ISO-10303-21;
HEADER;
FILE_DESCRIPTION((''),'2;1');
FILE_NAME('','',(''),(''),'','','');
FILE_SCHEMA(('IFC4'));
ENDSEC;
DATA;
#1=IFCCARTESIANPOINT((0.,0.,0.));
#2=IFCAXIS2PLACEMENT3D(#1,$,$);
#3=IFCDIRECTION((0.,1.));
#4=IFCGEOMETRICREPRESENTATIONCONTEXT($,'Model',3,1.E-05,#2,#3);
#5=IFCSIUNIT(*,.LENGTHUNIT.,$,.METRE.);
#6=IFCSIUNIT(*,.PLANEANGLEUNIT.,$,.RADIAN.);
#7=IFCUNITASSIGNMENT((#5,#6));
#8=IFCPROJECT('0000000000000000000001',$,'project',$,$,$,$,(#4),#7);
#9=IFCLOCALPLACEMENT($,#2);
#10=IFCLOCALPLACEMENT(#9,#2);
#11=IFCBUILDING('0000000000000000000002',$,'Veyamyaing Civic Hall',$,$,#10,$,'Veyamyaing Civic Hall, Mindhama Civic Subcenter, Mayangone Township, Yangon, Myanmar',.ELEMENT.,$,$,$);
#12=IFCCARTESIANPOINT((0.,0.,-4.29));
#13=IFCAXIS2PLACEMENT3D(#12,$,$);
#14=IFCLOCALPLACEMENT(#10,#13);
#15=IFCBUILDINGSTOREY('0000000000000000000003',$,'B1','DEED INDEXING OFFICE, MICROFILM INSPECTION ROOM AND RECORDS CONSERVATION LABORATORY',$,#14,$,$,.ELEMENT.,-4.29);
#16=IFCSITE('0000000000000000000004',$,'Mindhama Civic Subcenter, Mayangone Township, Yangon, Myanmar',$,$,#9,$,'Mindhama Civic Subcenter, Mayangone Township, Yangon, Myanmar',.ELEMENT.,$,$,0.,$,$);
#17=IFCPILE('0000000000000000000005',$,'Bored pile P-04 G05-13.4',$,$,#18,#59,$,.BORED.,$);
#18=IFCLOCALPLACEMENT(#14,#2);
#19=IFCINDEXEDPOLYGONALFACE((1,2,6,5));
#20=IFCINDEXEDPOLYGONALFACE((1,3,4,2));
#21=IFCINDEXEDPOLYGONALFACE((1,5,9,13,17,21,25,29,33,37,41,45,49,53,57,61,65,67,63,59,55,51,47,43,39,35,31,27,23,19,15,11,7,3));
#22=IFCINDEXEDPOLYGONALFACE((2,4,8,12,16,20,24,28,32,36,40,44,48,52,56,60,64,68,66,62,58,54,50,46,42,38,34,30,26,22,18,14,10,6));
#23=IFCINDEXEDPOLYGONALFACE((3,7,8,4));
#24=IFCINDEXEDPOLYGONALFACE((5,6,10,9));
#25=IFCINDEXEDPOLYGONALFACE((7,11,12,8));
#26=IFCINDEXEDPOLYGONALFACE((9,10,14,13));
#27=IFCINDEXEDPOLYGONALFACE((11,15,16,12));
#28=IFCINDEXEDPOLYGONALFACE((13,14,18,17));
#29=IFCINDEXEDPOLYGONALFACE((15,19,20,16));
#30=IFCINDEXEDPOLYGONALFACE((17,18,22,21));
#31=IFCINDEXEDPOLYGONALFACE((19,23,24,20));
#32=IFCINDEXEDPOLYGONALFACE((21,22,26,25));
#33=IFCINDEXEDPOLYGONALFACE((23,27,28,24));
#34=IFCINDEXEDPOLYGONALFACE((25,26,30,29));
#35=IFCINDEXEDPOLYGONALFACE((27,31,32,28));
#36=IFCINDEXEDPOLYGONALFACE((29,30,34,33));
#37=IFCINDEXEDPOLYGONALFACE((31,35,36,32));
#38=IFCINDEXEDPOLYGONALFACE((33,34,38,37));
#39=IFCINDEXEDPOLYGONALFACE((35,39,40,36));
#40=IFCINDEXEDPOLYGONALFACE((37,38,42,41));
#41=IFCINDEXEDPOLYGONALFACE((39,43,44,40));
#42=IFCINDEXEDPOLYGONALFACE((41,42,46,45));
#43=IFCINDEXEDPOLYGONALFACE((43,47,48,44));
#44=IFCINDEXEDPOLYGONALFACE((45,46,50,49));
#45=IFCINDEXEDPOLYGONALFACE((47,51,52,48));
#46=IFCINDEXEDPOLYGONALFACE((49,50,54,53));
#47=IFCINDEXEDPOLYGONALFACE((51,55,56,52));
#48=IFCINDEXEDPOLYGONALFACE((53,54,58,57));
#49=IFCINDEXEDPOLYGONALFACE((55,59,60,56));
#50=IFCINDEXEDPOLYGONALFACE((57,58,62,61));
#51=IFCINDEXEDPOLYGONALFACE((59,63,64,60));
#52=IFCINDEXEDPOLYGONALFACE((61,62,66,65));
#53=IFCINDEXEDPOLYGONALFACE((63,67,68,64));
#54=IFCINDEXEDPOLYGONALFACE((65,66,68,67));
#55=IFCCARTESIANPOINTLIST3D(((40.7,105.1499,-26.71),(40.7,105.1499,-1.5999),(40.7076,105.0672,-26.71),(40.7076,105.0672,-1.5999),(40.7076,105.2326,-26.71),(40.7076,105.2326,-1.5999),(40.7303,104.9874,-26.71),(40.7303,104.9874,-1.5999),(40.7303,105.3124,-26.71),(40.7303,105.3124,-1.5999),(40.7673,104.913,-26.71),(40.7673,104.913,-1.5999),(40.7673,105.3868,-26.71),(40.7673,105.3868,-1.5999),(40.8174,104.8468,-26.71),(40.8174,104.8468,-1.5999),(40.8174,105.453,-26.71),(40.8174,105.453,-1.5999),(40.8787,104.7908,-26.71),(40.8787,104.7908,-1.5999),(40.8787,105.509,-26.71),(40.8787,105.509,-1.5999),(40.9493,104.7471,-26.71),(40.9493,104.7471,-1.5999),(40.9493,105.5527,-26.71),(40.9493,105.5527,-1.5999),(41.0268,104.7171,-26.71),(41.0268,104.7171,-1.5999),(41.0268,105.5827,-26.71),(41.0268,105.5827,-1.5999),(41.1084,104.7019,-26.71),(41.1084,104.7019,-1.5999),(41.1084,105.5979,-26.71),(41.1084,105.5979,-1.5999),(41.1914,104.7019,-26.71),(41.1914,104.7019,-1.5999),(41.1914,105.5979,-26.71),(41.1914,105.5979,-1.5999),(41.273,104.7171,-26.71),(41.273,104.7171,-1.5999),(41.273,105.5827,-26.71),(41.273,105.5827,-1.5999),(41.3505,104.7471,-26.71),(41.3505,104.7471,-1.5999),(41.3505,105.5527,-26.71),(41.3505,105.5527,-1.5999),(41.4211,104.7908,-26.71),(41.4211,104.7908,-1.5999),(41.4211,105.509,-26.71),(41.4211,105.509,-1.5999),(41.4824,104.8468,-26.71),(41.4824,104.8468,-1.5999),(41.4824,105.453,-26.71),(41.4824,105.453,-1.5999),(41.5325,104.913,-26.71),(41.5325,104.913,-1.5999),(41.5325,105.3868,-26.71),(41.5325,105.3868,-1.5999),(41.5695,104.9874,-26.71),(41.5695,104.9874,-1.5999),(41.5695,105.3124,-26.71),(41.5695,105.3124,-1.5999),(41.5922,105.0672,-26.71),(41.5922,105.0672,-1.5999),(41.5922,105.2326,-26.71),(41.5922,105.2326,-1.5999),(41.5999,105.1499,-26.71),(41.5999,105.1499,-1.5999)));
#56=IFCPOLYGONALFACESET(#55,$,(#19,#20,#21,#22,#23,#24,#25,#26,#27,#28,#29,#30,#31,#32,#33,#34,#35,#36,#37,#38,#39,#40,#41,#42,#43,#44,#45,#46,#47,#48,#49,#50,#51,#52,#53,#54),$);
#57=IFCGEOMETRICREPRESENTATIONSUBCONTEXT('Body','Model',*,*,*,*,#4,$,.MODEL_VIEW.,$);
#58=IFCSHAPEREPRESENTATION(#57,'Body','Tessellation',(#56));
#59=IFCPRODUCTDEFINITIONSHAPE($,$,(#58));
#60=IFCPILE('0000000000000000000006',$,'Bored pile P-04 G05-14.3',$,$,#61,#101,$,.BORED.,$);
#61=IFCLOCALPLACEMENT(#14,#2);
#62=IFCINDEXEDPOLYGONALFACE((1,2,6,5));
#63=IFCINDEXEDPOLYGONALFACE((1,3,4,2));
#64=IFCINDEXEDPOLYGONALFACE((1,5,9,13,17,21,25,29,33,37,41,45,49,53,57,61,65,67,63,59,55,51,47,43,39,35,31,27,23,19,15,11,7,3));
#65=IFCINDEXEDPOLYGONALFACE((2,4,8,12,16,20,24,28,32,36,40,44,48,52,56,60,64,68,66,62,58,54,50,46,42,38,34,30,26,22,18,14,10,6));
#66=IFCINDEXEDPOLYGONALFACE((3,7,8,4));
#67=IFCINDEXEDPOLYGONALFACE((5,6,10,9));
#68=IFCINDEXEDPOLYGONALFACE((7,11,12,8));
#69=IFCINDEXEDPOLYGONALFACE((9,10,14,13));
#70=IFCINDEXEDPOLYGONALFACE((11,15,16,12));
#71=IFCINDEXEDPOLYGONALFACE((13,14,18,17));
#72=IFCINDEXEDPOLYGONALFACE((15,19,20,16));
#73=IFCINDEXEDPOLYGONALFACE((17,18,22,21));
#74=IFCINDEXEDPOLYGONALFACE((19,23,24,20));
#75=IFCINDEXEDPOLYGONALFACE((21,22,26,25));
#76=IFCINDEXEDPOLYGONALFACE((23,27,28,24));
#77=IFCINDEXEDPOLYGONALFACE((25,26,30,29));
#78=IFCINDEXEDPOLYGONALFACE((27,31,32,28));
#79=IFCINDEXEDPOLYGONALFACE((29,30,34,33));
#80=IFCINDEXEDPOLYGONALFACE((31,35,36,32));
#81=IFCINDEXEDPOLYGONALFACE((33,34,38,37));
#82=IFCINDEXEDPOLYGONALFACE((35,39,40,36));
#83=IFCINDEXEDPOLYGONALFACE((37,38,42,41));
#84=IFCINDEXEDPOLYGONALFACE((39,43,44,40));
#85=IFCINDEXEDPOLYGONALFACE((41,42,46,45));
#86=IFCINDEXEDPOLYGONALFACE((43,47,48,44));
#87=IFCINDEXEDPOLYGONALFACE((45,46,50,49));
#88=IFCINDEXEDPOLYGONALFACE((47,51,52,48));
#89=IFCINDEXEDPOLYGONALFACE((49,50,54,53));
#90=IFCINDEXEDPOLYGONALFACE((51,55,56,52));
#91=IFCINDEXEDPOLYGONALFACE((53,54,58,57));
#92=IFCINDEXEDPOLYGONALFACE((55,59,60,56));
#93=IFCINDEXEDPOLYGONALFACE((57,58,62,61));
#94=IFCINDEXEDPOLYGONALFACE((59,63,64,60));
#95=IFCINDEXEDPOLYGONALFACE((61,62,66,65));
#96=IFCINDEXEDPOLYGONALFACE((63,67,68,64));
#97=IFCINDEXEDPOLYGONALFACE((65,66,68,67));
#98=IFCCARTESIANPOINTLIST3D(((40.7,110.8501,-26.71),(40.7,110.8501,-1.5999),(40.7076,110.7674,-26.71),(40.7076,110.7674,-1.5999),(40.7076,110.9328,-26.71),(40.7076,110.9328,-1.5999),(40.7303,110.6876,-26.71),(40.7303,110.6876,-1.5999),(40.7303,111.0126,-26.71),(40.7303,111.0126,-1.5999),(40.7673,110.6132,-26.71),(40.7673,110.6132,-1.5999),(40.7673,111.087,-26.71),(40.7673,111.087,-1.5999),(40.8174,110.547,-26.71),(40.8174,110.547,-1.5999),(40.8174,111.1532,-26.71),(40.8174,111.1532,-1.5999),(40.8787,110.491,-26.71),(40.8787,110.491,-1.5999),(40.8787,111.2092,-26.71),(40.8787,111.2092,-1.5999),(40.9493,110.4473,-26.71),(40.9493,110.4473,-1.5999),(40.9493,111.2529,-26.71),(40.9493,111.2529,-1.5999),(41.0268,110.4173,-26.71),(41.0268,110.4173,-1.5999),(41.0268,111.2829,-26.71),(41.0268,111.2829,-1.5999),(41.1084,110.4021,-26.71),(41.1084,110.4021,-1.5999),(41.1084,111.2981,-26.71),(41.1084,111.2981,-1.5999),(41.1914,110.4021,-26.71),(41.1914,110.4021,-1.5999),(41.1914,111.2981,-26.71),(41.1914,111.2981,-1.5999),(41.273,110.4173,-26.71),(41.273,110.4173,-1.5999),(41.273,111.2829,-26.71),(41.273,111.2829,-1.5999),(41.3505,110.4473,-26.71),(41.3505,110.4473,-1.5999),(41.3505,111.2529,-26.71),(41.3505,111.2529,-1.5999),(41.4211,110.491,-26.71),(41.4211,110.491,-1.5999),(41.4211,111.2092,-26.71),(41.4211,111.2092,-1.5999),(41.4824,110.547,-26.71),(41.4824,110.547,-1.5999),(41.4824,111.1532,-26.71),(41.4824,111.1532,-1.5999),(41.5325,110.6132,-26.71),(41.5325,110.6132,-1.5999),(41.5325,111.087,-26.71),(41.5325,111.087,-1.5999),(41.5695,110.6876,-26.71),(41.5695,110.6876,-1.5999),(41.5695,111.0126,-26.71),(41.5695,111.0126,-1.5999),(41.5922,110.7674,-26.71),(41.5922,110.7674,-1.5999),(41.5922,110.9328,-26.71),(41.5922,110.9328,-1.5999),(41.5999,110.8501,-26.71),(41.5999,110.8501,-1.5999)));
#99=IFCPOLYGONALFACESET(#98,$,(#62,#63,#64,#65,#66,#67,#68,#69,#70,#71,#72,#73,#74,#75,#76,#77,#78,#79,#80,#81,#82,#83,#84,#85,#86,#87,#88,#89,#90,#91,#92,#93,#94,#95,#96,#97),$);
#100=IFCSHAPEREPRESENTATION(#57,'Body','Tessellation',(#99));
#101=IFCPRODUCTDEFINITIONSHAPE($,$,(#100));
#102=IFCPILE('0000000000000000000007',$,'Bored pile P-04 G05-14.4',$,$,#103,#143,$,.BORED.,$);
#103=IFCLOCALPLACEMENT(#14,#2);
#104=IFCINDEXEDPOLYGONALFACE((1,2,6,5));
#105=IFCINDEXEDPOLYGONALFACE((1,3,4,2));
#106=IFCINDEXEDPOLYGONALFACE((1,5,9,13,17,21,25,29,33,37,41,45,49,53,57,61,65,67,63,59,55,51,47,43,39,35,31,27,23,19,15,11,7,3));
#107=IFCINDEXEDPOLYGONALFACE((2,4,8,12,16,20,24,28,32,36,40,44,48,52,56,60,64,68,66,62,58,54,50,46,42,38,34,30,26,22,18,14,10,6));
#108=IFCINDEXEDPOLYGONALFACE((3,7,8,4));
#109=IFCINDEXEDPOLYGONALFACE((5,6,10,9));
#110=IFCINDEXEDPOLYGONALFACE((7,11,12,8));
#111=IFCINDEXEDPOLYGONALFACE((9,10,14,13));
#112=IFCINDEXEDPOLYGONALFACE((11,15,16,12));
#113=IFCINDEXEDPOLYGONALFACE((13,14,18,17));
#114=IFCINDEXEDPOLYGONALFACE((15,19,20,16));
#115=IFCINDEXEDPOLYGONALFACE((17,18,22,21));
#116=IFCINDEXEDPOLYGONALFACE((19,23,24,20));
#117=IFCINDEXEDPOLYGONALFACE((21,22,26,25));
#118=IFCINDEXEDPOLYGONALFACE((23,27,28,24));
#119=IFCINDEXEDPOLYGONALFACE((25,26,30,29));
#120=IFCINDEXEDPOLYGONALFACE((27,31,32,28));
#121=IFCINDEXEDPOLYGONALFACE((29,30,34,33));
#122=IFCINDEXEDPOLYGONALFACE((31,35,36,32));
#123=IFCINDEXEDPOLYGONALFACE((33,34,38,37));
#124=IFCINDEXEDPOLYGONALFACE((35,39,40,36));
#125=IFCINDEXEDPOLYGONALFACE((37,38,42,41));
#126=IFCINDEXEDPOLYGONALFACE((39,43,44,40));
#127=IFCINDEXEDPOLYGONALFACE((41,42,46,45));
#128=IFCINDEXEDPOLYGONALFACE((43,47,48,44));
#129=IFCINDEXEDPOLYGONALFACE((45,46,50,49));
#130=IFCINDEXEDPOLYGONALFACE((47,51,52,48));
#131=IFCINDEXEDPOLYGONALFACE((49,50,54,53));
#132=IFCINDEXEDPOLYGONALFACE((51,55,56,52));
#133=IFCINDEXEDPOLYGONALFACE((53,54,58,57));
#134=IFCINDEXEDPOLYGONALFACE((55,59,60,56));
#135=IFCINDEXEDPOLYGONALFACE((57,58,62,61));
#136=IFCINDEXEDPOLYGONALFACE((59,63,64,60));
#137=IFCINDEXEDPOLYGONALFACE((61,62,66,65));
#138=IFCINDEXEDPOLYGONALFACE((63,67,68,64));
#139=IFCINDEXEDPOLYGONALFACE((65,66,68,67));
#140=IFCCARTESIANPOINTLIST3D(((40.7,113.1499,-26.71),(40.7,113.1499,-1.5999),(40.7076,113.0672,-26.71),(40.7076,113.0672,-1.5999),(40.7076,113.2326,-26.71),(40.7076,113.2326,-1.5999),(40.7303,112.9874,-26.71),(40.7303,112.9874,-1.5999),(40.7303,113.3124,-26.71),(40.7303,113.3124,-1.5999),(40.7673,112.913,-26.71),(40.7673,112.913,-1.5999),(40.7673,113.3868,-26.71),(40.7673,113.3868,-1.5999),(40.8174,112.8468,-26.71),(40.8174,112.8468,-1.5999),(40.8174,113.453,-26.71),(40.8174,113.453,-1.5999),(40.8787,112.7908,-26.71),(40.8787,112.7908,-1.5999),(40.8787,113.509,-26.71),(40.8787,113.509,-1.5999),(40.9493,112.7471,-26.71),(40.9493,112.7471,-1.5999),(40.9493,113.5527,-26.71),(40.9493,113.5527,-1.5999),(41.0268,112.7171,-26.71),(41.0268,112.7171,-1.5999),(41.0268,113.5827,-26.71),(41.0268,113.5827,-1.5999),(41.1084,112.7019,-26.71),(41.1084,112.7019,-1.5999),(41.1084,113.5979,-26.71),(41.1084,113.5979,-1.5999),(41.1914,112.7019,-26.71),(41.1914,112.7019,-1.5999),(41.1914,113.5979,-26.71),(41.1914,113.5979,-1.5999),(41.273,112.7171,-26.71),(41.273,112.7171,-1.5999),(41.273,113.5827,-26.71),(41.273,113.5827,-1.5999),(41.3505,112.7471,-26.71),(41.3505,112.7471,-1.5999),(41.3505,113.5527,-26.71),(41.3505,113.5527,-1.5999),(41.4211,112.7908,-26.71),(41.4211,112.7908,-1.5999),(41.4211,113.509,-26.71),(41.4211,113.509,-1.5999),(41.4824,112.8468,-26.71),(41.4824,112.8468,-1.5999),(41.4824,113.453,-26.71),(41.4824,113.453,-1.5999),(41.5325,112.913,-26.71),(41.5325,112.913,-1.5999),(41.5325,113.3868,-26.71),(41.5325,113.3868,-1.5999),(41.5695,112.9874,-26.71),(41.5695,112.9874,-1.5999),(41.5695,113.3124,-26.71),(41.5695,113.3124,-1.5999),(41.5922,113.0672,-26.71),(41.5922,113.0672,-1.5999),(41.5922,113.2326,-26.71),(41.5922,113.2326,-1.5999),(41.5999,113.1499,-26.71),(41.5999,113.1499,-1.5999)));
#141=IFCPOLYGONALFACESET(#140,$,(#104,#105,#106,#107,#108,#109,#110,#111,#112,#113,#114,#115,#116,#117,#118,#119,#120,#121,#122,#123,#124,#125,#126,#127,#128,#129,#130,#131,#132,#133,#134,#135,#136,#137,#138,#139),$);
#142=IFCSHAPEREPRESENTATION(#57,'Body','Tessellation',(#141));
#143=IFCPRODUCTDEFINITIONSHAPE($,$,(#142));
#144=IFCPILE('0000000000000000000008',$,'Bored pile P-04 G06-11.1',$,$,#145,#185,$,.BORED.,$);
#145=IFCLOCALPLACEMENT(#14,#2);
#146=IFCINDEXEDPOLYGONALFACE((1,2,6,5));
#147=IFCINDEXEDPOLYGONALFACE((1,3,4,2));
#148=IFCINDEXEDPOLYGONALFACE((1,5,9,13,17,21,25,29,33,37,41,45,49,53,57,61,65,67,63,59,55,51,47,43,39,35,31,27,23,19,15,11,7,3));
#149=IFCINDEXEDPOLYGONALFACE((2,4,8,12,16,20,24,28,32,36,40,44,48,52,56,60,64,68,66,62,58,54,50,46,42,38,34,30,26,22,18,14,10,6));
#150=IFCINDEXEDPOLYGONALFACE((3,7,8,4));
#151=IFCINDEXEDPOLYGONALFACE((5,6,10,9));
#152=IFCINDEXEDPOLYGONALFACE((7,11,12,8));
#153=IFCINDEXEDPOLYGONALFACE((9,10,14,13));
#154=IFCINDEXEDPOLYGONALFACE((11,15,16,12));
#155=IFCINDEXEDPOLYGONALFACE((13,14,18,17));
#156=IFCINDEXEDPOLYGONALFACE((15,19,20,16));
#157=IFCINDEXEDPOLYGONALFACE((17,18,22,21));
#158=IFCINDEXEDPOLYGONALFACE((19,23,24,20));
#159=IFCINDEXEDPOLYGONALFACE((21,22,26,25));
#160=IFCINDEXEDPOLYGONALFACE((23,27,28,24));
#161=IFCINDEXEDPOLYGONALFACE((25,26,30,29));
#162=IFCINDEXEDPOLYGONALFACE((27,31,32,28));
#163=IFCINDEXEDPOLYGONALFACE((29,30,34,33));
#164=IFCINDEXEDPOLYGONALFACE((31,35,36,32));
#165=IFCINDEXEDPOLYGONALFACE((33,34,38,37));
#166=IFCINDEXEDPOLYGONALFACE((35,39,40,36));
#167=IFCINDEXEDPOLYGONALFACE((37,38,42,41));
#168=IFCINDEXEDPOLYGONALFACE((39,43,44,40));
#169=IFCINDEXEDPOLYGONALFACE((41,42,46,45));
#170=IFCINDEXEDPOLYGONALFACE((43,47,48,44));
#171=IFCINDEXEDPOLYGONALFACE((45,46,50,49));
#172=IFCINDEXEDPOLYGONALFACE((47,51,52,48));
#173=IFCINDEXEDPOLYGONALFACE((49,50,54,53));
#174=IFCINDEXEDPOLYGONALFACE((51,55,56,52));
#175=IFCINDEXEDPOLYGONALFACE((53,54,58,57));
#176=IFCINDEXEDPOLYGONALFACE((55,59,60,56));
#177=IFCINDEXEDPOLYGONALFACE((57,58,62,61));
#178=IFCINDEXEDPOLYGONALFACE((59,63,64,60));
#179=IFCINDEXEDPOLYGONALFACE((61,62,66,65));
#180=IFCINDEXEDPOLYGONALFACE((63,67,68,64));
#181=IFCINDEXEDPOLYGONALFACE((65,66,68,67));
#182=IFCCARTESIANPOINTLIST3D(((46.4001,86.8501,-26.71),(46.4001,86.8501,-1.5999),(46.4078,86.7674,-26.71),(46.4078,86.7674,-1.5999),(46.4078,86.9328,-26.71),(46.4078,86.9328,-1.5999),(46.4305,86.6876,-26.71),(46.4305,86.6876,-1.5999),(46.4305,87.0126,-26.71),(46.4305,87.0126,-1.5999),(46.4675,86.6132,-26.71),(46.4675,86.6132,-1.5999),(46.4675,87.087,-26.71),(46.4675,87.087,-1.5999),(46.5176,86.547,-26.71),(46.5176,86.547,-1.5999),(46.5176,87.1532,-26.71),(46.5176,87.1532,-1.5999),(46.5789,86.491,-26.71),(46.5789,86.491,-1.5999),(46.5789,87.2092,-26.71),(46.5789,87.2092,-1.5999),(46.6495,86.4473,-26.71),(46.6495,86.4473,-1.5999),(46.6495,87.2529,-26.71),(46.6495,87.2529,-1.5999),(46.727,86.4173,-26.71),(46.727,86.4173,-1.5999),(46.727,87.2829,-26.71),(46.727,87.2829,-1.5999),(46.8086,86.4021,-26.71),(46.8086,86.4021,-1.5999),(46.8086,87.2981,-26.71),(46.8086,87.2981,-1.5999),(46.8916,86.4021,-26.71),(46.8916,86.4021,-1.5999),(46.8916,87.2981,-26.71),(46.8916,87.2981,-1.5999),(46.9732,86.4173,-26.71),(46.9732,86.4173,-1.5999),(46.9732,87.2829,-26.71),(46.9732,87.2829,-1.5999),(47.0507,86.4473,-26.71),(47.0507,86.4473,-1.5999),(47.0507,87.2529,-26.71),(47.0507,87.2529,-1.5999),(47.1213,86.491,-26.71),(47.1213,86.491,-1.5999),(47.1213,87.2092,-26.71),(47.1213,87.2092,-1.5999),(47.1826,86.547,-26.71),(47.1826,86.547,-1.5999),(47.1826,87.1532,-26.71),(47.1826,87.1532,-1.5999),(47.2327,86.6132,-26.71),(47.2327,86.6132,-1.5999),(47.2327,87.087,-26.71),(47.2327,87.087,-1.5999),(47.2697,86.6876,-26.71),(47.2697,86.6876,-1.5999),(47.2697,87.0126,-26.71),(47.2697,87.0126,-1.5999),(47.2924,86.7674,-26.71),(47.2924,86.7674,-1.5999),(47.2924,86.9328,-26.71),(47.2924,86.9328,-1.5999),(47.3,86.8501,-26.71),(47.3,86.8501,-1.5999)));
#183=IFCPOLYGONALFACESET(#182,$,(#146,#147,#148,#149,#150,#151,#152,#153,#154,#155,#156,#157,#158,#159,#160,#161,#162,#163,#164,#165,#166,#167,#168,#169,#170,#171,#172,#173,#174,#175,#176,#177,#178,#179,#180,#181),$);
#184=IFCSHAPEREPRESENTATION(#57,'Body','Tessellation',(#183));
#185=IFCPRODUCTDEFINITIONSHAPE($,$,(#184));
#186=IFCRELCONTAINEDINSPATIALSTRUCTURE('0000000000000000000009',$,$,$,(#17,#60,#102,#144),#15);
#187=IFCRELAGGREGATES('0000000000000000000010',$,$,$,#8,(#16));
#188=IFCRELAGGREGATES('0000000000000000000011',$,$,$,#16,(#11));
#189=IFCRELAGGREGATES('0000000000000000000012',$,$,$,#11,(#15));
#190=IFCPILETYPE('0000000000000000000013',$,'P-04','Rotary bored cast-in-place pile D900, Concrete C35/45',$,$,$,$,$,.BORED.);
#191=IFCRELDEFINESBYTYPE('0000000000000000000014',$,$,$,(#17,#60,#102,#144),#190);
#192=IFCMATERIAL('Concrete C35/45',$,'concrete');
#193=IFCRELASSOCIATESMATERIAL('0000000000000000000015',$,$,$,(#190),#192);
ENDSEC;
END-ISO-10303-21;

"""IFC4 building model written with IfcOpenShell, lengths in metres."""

from ifc_helpers import new_model, si_unit, direction, frame, origin, origin_2d, place, context, subcontext, project, spatial, circle, extrude, material, material_profile, profile_set, type_object, element, save


model = new_model("IFC4")

# Units and contexts
model_context = context("Model", 3, precision=1e-05, world=origin(), true_north=direction((0.0, 1.0)))
body_context = subcontext(model_context, "Body", "Model", "MODEL_VIEW")
ifc_project = project(units=[si_unit("LENGTHUNIT", "METRE"), si_unit("PLANEANGLEUNIT", "RADIAN")], contexts=[model_context])

# Site, building, storey
site_placement = place(None, origin())
site = spatial("IfcSite", under=ifc_project, at=site_placement, Name="Mindhama Civic Subcenter, Mayangone Township, Yangon, Myanmar", LongName="Mindhama Civic Subcenter, Mayangone Township, Yangon, Myanmar", CompositionType="ELEMENT", RefElevation=0.0)
building_placement = place(site_placement, origin())
building = spatial("IfcBuilding", under=site, at=building_placement, Name="Veyamyaing Civic Hall", LongName="Veyamyaing Civic Hall, Mindhama Civic Subcenter, Mayangone Township, Yangon, Myanmar", CompositionType="ELEMENT")
storey_placement = place(building_placement, frame((0.0, 0.0, -4.29)))
storey = spatial("IfcBuildingStorey", under=building, at=storey_placement, Name="B1", Description="DEED INDEXING OFFICE, MICROFILM INSPECTION ROOM AND RECORDS CONSERVATION LABORATORY", CompositionType="ELEMENT", Elevation=-4.29)

# Piles
ifc_material_1 = material(Name="Concrete C35/45", Category="concrete")
ifc_material_profile_1 = material_profile(ifc_material_1, circle(Radius=0.45, at=origin_2d()), Name="PILE-D900")
ifc_profile_set_1 = profile_set([ifc_material_profile_1], Name="Concrete C35/45")
pile_type_1 = type_object("IfcPileType", Name="P-04", Description="Rotary bored cast-in-place pile D900, Concrete C35/45", PredefinedType="BORED", material=ifc_profile_set_1)
for number, where, z_axis, x_axis, name in (
    (1, (41.1499, 105.1499, -1.5999), (0.0, 0.0, -1.0), (1.0, 0.0, 0.0), "Bored pile P-04 G05-13.4"),
    (2, (41.1499, 110.8501, -1.5999), (0.0, 0.0, -1.0), (1.0, 0.0, 0.0), "Bored pile P-04 G05-14.3"),
    (3, (41.1499, 113.1499, -1.5999), (0.0, 0.0, -1.0), (1.0, 0.0, 0.0), "Bored pile P-04 G05-14.4"),
    (4, (46.8501, 86.8501, -1.5999), (0.0, 0.0, -1.0), (1.0, 0.0, 0.0), "Bored pile P-04 G06-11.1"),
):
    element("IfcPile", number, at=place(storey_placement, frame(where, z_axis=z_axis, x_axis=x_axis)), inside=storey, type_object=pile_type_1, Name=name, PredefinedType="BORED", context=body_context, shape_type="SweptSolid", body=[
        extrude(circle(Radius=0.45, at=origin_2d()), origin(), (0.0, 0.0, 1.0), 25.1101),
    ])

save(model, "model.ifc")
